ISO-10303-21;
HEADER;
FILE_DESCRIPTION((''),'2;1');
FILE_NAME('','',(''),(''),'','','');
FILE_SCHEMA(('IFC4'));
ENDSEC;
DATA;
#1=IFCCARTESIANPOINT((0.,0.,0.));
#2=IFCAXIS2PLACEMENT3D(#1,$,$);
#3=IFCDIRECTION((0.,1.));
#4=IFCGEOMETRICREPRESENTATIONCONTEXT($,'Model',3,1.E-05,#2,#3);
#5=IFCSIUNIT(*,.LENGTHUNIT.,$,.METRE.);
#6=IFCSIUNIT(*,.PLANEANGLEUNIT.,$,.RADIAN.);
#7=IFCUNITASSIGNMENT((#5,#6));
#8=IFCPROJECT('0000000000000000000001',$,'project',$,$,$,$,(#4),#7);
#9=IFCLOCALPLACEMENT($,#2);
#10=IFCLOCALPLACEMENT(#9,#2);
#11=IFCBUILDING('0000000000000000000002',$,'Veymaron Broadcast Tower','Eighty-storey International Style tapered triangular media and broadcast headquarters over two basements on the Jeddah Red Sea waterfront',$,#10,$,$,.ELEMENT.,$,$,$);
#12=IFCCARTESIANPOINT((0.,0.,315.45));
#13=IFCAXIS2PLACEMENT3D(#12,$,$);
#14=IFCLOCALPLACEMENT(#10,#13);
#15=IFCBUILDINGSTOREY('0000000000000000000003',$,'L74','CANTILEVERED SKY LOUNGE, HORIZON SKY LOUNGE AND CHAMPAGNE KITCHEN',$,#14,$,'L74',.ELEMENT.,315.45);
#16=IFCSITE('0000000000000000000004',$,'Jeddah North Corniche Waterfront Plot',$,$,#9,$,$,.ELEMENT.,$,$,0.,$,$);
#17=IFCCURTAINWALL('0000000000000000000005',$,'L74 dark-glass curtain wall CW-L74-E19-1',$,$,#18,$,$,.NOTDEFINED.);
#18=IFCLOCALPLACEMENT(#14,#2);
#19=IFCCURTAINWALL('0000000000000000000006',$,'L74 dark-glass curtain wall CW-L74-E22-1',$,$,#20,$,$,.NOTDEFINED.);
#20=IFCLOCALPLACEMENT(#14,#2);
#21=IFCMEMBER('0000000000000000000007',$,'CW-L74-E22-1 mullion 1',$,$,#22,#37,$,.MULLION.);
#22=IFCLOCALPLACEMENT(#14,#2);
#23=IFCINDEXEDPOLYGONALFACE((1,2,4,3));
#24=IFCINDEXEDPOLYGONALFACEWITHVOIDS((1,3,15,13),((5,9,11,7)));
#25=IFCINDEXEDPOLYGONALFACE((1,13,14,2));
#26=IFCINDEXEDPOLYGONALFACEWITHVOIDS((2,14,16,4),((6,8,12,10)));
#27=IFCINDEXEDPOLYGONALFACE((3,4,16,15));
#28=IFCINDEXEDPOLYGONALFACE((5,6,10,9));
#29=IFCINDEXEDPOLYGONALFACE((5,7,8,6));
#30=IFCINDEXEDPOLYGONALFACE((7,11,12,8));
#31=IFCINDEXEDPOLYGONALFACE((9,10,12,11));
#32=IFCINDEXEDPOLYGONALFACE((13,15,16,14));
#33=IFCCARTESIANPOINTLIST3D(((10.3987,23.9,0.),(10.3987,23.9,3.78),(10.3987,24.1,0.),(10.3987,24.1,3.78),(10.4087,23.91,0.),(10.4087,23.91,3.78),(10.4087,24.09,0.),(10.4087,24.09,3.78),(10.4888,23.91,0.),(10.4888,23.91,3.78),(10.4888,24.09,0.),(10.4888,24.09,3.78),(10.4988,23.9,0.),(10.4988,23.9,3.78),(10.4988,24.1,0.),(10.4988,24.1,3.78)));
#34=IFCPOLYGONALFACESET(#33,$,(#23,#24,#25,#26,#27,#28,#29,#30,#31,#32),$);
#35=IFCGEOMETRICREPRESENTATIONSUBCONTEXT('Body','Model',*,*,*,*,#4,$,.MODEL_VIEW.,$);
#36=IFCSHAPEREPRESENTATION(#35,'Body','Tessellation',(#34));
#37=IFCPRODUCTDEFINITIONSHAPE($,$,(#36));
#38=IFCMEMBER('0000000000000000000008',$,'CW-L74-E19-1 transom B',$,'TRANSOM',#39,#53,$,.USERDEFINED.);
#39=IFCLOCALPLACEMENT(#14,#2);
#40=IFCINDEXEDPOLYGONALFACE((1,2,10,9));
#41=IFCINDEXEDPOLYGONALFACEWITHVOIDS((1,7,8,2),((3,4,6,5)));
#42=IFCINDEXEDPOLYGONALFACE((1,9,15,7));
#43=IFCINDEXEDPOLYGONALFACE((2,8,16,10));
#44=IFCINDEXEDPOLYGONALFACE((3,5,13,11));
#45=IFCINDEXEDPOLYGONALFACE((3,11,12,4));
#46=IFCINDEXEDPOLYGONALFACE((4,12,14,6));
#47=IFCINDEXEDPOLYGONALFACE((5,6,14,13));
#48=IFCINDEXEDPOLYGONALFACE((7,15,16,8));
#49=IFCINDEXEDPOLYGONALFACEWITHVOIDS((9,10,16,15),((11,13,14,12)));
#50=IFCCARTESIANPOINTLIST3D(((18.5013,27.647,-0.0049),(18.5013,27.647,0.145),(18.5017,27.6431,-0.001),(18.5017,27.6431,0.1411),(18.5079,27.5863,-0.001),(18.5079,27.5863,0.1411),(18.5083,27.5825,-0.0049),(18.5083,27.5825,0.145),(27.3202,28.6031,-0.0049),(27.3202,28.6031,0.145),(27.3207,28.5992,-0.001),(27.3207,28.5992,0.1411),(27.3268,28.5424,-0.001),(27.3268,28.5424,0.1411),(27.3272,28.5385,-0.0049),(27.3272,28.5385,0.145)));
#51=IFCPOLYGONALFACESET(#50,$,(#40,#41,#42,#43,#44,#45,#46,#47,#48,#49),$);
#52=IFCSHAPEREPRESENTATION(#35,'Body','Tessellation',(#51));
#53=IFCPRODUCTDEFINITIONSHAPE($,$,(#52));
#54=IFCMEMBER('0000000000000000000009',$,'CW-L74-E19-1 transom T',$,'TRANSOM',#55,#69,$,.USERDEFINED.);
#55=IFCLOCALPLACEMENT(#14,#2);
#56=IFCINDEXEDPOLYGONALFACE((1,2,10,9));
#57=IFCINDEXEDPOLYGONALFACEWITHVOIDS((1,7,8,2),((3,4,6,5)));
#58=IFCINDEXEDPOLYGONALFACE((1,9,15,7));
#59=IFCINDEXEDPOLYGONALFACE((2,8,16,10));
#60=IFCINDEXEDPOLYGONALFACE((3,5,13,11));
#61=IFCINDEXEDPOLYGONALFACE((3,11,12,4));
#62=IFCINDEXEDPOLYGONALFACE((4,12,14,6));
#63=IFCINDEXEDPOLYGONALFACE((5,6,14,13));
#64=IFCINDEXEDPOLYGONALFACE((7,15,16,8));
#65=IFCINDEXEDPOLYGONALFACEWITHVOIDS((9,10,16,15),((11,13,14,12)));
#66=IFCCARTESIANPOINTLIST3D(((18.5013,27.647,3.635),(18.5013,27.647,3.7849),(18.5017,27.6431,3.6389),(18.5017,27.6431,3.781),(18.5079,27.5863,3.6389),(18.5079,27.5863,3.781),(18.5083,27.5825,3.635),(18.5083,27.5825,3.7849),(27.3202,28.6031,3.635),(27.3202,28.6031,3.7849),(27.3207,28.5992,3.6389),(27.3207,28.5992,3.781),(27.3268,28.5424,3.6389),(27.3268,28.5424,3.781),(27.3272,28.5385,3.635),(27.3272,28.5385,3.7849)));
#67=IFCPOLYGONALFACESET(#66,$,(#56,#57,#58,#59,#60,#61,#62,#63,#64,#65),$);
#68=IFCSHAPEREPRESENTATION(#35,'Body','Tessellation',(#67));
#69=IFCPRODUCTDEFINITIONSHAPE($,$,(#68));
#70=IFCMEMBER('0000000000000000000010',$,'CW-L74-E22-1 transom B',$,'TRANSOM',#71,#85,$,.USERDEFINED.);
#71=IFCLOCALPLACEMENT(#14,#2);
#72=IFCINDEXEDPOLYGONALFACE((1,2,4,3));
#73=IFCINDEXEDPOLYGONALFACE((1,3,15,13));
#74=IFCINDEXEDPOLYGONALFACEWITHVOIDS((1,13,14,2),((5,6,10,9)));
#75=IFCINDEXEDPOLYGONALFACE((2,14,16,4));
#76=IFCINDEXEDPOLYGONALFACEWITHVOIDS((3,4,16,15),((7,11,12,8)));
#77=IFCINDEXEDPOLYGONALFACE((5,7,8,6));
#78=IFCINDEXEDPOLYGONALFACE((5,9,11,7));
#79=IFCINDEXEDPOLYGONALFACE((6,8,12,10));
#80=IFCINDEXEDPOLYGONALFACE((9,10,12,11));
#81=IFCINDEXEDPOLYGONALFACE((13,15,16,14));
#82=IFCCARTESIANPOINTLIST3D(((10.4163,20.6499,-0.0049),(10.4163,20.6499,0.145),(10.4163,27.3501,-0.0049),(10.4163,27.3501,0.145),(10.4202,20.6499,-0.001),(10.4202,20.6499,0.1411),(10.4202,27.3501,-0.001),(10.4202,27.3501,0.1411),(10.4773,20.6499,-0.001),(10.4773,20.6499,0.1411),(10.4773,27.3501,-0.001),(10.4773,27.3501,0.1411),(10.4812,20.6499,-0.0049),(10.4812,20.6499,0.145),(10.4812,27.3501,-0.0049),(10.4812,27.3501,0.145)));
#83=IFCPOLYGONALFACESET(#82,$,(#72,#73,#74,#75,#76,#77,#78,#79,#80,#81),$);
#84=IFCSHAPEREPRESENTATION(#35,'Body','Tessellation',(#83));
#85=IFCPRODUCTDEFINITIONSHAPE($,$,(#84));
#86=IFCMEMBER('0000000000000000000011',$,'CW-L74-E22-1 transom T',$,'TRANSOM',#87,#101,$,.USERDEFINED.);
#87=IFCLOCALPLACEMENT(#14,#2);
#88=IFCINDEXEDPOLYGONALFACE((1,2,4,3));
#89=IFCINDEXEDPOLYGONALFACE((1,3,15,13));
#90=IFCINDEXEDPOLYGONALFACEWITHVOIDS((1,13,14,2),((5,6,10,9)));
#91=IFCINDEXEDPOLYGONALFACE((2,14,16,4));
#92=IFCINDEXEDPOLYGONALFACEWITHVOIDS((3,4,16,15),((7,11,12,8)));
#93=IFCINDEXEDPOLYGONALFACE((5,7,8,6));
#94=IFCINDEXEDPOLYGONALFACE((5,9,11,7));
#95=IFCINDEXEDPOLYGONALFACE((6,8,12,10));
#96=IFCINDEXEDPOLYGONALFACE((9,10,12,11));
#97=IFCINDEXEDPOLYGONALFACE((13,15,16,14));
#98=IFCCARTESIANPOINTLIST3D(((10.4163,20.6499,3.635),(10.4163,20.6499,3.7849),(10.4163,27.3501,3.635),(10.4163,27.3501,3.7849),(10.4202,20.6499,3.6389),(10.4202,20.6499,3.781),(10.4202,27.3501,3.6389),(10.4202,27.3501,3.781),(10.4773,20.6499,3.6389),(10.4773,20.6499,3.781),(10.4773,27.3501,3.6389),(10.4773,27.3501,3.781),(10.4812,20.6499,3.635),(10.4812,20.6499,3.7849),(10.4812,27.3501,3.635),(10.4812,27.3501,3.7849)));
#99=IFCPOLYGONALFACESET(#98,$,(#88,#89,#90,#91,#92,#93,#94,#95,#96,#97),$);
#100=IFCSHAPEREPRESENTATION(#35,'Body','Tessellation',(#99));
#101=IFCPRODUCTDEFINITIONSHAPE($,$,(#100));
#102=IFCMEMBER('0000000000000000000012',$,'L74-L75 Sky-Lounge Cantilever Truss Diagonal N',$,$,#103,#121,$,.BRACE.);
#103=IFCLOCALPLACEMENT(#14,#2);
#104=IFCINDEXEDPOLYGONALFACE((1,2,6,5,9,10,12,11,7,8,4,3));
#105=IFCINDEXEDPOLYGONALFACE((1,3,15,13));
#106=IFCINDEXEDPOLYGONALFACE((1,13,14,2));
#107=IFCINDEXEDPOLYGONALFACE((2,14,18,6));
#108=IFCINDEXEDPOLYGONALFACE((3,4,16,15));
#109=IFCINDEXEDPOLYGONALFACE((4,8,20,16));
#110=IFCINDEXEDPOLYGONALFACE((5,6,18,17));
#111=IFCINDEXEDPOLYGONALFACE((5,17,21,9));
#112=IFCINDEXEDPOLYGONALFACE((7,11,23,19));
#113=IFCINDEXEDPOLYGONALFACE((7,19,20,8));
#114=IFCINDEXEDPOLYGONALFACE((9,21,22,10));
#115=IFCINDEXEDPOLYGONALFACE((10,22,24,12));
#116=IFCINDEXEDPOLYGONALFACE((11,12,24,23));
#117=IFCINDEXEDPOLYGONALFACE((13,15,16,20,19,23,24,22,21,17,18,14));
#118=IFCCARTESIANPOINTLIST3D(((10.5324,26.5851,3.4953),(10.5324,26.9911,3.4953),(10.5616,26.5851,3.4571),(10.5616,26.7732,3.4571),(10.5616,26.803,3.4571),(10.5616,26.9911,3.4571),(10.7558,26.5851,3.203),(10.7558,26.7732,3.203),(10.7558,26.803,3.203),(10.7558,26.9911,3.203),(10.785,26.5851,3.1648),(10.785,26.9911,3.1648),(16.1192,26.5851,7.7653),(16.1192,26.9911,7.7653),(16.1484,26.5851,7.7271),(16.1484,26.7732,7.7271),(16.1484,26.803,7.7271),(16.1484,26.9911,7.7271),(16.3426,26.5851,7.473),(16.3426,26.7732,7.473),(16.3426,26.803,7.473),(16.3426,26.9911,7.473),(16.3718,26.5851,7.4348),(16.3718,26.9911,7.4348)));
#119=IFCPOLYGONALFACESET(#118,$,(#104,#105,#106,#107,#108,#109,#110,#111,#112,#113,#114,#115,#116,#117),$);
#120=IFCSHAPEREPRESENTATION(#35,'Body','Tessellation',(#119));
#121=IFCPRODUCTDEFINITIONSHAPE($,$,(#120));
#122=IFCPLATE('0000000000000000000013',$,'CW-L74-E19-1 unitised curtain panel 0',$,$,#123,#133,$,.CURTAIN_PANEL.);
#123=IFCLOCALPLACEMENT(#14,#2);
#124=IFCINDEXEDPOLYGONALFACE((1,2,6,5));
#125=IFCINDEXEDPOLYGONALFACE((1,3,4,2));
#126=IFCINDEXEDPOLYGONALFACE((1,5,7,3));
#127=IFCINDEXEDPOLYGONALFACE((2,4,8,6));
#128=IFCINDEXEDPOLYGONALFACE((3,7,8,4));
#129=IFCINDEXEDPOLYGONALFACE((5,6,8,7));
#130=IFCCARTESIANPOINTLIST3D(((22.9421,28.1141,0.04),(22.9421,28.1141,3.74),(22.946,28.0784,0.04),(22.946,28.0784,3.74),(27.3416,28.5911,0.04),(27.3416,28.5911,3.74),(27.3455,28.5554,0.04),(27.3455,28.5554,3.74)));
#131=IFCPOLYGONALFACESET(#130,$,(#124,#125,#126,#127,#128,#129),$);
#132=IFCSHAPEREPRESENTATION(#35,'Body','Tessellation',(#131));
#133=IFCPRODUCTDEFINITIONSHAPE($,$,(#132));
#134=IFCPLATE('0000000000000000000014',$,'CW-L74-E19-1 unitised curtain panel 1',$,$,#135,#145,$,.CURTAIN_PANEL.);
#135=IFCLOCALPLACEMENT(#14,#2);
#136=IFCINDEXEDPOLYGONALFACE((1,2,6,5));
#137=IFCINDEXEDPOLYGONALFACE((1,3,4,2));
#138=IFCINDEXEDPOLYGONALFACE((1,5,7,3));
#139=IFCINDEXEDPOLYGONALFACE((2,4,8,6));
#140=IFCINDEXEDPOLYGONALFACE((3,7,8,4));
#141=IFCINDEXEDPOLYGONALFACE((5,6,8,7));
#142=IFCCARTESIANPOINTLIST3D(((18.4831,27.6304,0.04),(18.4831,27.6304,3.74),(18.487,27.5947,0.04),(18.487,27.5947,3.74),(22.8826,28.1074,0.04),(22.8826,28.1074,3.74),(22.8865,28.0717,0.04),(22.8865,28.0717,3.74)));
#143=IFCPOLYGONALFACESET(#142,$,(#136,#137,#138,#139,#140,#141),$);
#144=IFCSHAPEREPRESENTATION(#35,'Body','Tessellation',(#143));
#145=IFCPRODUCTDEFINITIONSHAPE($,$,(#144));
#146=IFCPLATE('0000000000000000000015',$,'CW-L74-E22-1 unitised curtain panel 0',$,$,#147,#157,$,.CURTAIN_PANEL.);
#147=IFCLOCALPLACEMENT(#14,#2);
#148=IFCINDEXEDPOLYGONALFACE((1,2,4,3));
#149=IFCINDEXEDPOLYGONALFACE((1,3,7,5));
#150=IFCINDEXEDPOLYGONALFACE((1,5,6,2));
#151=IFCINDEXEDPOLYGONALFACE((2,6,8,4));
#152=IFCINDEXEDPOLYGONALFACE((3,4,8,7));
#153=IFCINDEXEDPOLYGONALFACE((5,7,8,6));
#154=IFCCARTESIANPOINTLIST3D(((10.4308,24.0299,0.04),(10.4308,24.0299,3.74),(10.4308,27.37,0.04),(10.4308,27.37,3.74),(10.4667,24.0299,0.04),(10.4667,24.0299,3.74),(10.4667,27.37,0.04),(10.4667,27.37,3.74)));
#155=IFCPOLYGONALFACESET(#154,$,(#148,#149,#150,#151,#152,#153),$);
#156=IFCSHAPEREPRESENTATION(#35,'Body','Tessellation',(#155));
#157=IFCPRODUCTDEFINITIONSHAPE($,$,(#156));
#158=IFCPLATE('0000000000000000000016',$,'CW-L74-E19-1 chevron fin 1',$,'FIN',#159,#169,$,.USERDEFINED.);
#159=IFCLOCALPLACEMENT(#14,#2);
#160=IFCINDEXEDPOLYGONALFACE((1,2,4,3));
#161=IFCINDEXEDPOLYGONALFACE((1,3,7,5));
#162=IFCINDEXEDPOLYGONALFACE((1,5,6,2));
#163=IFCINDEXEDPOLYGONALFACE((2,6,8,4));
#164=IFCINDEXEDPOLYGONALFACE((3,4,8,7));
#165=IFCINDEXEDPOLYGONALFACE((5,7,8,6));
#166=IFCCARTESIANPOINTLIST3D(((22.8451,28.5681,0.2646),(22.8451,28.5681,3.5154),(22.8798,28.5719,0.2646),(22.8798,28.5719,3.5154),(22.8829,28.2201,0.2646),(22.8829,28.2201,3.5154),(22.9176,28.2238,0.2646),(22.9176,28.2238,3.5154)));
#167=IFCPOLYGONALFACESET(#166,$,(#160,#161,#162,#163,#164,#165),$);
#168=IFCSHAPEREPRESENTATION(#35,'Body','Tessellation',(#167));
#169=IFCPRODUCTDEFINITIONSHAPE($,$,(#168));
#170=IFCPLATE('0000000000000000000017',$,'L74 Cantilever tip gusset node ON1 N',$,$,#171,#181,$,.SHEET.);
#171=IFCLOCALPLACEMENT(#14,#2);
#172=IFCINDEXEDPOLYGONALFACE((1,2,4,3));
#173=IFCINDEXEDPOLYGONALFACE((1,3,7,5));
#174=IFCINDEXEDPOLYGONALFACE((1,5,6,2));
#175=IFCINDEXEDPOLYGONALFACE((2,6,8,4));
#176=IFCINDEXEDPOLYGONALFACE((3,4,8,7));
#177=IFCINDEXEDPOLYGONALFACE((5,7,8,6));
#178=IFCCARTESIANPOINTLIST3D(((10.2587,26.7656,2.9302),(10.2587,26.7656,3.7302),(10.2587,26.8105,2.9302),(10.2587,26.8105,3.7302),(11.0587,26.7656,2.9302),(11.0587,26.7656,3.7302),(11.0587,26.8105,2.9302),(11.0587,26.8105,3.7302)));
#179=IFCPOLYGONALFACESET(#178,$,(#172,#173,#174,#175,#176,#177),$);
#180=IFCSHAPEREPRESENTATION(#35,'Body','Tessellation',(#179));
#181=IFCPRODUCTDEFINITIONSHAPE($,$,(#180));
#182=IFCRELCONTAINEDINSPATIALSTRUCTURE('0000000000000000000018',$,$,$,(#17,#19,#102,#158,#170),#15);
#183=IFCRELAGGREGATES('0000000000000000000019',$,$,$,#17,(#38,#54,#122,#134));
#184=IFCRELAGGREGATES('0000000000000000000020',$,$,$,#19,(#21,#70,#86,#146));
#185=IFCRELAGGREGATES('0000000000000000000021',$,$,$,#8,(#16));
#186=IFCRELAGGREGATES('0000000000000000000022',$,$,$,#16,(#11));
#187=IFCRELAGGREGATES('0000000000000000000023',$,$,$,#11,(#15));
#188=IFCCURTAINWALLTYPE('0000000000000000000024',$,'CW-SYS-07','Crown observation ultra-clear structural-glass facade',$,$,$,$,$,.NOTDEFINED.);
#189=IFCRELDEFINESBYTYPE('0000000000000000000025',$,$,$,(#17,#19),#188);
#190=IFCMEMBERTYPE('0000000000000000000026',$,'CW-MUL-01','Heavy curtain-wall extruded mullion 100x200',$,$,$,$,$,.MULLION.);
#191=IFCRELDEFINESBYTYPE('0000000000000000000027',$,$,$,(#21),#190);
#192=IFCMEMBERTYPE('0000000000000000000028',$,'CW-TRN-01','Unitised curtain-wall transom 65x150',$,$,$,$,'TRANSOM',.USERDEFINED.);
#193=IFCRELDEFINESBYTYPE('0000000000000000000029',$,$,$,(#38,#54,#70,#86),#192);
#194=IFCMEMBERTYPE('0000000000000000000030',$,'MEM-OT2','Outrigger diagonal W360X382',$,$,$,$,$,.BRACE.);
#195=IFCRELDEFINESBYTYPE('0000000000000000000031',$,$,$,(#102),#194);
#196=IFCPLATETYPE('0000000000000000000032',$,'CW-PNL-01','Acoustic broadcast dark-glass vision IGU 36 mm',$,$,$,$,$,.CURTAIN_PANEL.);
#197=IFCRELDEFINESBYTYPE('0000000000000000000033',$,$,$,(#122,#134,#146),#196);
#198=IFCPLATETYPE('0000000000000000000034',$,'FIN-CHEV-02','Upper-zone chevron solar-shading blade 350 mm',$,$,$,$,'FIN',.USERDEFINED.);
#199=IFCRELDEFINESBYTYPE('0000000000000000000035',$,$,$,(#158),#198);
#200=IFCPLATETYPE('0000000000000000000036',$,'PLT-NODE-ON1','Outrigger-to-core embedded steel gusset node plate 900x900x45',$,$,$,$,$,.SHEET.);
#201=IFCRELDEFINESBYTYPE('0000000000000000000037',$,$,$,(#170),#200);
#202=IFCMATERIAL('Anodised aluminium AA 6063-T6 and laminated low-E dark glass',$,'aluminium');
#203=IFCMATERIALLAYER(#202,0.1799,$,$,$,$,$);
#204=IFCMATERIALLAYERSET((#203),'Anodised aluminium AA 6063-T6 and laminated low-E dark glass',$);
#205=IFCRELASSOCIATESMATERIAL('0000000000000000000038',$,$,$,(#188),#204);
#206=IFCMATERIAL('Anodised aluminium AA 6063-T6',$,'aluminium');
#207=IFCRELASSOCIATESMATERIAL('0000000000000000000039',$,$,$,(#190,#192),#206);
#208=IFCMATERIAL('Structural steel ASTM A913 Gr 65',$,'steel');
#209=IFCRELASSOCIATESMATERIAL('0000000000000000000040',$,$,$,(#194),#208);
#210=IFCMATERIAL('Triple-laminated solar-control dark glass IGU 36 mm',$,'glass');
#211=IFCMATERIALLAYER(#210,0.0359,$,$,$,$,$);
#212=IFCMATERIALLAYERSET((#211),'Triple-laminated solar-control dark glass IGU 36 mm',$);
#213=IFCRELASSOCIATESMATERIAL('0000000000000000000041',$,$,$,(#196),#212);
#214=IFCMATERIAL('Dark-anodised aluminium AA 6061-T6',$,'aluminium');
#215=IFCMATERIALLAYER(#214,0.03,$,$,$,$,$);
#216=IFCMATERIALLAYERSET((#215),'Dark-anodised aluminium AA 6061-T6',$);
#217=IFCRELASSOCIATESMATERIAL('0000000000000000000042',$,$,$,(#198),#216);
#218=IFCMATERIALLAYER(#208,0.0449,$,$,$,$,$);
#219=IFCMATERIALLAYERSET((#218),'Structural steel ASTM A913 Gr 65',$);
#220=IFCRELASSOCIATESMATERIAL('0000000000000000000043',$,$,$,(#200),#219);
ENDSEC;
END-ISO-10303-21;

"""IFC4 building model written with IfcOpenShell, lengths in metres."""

from ifc_helpers import new_model, si_unit, direction, frame, origin, origin_2d, place, context, subcontext, project, spatial, rectangle, hollow_rectangle, i_section, extrude, material, layer, layer_set, material_profile, profile_set, type_object, element, aggregate, save


model = new_model("IFC4")

# Units and contexts
model_context = context("Model", 3, precision=1e-05, world=origin(), true_north=direction((0.0, 1.0)))
body_context = subcontext(model_context, "Body", "Model", "MODEL_VIEW")
ifc_project = project(units=[si_unit("LENGTHUNIT", "METRE"), si_unit("PLANEANGLEUNIT", "RADIAN")], contexts=[model_context])

# Site, building, storey
site_placement = place(None, origin())
site = spatial("IfcSite", under=ifc_project, at=site_placement, Name="Jeddah North Corniche Waterfront Plot", CompositionType="ELEMENT", RefElevation=0.0)
building_placement = place(site_placement, origin())
building = spatial("IfcBuilding", under=site, at=building_placement, Name="Veymaron Broadcast Tower", Description="Eighty-storey International Style tapered triangular media and broadcast headquarters over two basements on the Jeddah Red Sea waterfront", CompositionType="ELEMENT")
storey_placement = place(building_placement, frame((0.0, 0.0, 315.45)))
storey = spatial("IfcBuildingStorey", under=building, at=storey_placement, Name="L74", Description="CANTILEVERED SKY LOUNGE, HORIZON SKY LOUNGE AND CHAMPAGNE KITCHEN", LongName="L74", CompositionType="ELEMENT", Elevation=315.45)

# Shared definitions
ifc_material_1 = material(Name="Structural steel ASTM A913 Gr 65", Category="steel")

# Curtain walls, member
ifc_material_2 = material(Name="Anodised aluminium AA 6063-T6 and laminated low-E dark glass", Category="aluminium")
ifc_layer_1 = layer(ifc_material_2, 0.1799)
ifc_layer_set_1 = layer_set([ifc_layer_1], Name="Anodised aluminium AA 6063-T6 and laminated low-E dark glass")
curtain_wall_type = type_object("IfcCurtainWallType", Name="CW-SYS-07", Description="Crown observation ultra-clear structural-glass facade", PredefinedType="NOTDEFINED", material=ifc_layer_set_1)
curtain_wall_1_placement = place(storey_placement, origin())
curtain_wall_1 = element("IfcCurtainWall", 1, at=curtain_wall_1_placement, inside=storey, type_object=curtain_wall_type, Name="L74 dark-glass curtain wall CW-L74-E19-1", PredefinedType="NOTDEFINED")
ifc_material_3 = material(Name="Anodised aluminium AA 6063-T6", Category="aluminium")
ifc_material_profile_1 = material_profile(ifc_material_3, hollow_rectangle(XDim=0.1001, YDim=0.2, WallThickness=0.01, at=origin_2d()), Name="RHS200X100X10")
ifc_profile_set_1 = profile_set([ifc_material_profile_1], Name="Anodised aluminium AA 6063-T6")
member_type_1 = type_object("IfcMemberType", Name="CW-MUL-01", Description="Heavy curtain-wall extruded mullion 100x200", PredefinedType="MULLION", material=ifc_profile_set_1)
curtain_wall_2_placement = place(storey_placement, origin())
curtain_wall_2 = element("IfcCurtainWall", 2, at=curtain_wall_2_placement, inside=storey, type_object=curtain_wall_type, Name="L74 dark-glass curtain wall CW-L74-E22-1", PredefinedType="NOTDEFINED")
member_1_placement = place(storey_placement, frame((10.4487, 24.0, 0.0), z_axis=(0.0, 0.0, 1.0), x_axis=(1.0, 0.0, 0.0)))
member_1 = element("IfcMember", 3, at=member_1_placement, type_object=member_type_1, Name="CW-L74-E22-1 mullion 1", PredefinedType="MULLION", context=body_context, shape_type="SweptSolid", body=[
    extrude(hollow_rectangle(XDim=0.1001, YDim=0.2, WallThickness=0.01, at=origin_2d()), origin(), (0.0, 0.0, 1.0), 3.78),
])

# Members
ifc_material_profile_2 = material_profile(ifc_material_3, hollow_rectangle(XDim=0.0649, YDim=0.1499, WallThickness=0.0039, at=origin_2d()), Name="AL150X65X4")
ifc_profile_set_2 = profile_set([ifc_material_profile_2], Name="Anodised aluminium AA 6063-T6")
member_type_2 = type_object("IfcMemberType", Name="CW-TRN-01", Description="Unitised curtain-wall transom 65x150", ElementType="TRANSOM", PredefinedType="USERDEFINED", material=ifc_profile_set_2)
member_2_placement = place(storey_placement, frame((27.3237, 28.5708, 0.0701), z_axis=(-0.994175, -0.107779, 0.0), x_axis=(0.107779, -0.994175, 0.0)))
member_2 = element("IfcMember", 4, at=member_2_placement, type_object=member_type_2, Name="CW-L74-E19-1 transom B", ObjectType="TRANSOM", PredefinedType="USERDEFINED", context=body_context, shape_type="SweptSolid", body=[
    extrude(hollow_rectangle(XDim=0.0649, YDim=0.1499, WallThickness=0.0039, at=origin_2d()), origin(), (0.0, 0.0, 1.0), 8.8706),
])
member_3_placement = place(storey_placement, frame((27.3237, 28.5708, 3.71), z_axis=(-0.994175, -0.107779, 0.0), x_axis=(0.107779, -0.994175, 0.0)))
member_3 = element("IfcMember", 5, at=member_3_placement, type_object=member_type_2, Name="CW-L74-E19-1 transom T", ObjectType="TRANSOM", PredefinedType="USERDEFINED", context=body_context, shape_type="SweptSolid", body=[
    extrude(hollow_rectangle(XDim=0.0649, YDim=0.1499, WallThickness=0.0039, at=origin_2d()), origin(), (0.0, 0.0, 1.0), 8.8706),
])
member_4_placement = place(storey_placement, frame((10.4487, 27.3501, 0.0701), z_axis=(0.0, -1.0, 0.0), x_axis=(1.0, 0.0, 0.0)))
member_4 = element("IfcMember", 6, at=member_4_placement, type_object=member_type_2, Name="CW-L74-E22-1 transom B", ObjectType="TRANSOM", PredefinedType="USERDEFINED", context=body_context, shape_type="SweptSolid", body=[
    extrude(hollow_rectangle(XDim=0.0649, YDim=0.1499, WallThickness=0.0039, at=origin_2d()), origin(), (0.0, 0.0, 1.0), 6.7002),
])
member_5_placement = place(storey_placement, frame((10.4487, 27.3501, 3.71), z_axis=(0.0, -1.0, 0.0), x_axis=(1.0, 0.0, 0.0)))
member_5 = element("IfcMember", 7, at=member_5_placement, type_object=member_type_2, Name="CW-L74-E22-1 transom T", ObjectType="TRANSOM", PredefinedType="USERDEFINED", context=body_context, shape_type="SweptSolid", body=[
    extrude(hollow_rectangle(XDim=0.0649, YDim=0.1499, WallThickness=0.0039, at=origin_2d()), origin(), (0.0, 0.0, 1.0), 6.7002),
])
ifc_material_profile_3 = material_profile(ifc_material_1, i_section(OverallWidth=0.406, OverallDepth=0.416, WebThickness=0.0298, FlangeThickness=0.0481, at=origin_2d()), Name="W360X382")
ifc_profile_set_3 = profile_set([ifc_material_profile_3], Name="Structural steel ASTM A913 Gr 65")
member_type_3 = type_object("IfcMemberType", Name="MEM-OT2", Description="Outrigger diagonal W360X382", PredefinedType="BRACE", material=ifc_profile_set_3)
member_6_placement = place(storey_placement, frame((10.6587, 26.7881, 3.3301), z_axis=(0.794517, 0.0, 0.607241), x_axis=(0.0, 1.0, 0.0)))
element("IfcMember", 8, at=member_6_placement, inside=storey, type_object=member_type_3, Name="L74-L75 Sky-Lounge Cantilever Truss Diagonal N", PredefinedType="BRACE", context=body_context, shape_type="SweptSolid", body=[
    extrude(i_section(OverallWidth=0.406, OverallDepth=0.416, WebThickness=0.0298, FlangeThickness=0.0481, at=origin_2d()), origin(), (0.0, 0.0, 1.0), 7.0317),
])

# Plates
ifc_material_4 = material(Name="Triple-laminated solar-control dark glass IGU 36 mm", Category="glass")
ifc_layer_2 = layer(ifc_material_4, 0.0359)
ifc_layer_set_2 = layer_set([ifc_layer_2], Name="Triple-laminated solar-control dark glass IGU 36 mm")
plate_type_1 = type_object("IfcPlateType", Name="CW-PNL-01", Description="Acoustic broadcast dark-glass vision IGU 36 mm", PredefinedType="CURTAIN_PANEL", material=ifc_layer_set_2)
plate_1_placement = place(storey_placement, frame((25.1438, 28.3347, 0.04), z_axis=(0.0, 0.0, 1.0), x_axis=(-0.994174, -0.107791, 0.0)))
plate_1 = element("IfcPlate", 9, at=plate_1_placement, type_object=plate_type_1, Name="CW-L74-E19-1 unitised curtain panel 0", PredefinedType="CURTAIN_PANEL", context=body_context, shape_type="SweptSolid", body=[
    extrude(rectangle(XDim=4.4253, YDim=0.0359, at=origin_2d()), origin(), (0.0, 0.0, 1.0), 3.7),
])
plate_2_placement = place(storey_placement, frame((20.6848, 27.8511, 0.04), z_axis=(0.0, 0.0, 1.0), x_axis=(-0.994174, -0.107791, 0.0)))
plate_2 = element("IfcPlate", 10, at=plate_2_placement, type_object=plate_type_1, Name="CW-L74-E19-1 unitised curtain panel 1", PredefinedType="CURTAIN_PANEL", context=body_context, shape_type="SweptSolid", body=[
    extrude(rectangle(XDim=4.4253, YDim=0.0359, at=origin_2d()), origin(), (0.0, 0.0, 1.0), 3.7),
])
aggregate(curtain_wall_1, [member_2, member_3, plate_1, plate_2])
plate_3_placement = place(storey_placement, frame((10.4487, 25.7, 0.04), z_axis=(0.0, 0.0, 1.0), x_axis=(0.0, -1.0, 0.0)))
plate_3 = element("IfcPlate", 11, at=plate_3_placement, type_object=plate_type_1, Name="CW-L74-E22-1 unitised curtain panel 0", PredefinedType="CURTAIN_PANEL", context=body_context, shape_type="SweptSolid", body=[
    extrude(rectangle(XDim=3.3401, YDim=0.0359, at=origin_2d()), origin(), (0.0, 0.0, 1.0), 3.7),
])
aggregate(curtain_wall_2, [member_1, member_4, member_5, plate_3])

# Plates
ifc_material_5 = material(Name="Dark-anodised aluminium AA 6061-T6", Category="aluminium")
ifc_layer_3 = layer(ifc_material_5, 0.03)
ifc_layer_set_3 = layer_set([ifc_layer_3], Name="Dark-anodised aluminium AA 6061-T6")
plate_type_2 = type_object("IfcPlateType", Name="FIN-CHEV-02", Description="Upper-zone chevron solar-shading blade 350 mm", ElementType="FIN", PredefinedType="USERDEFINED", material=ifc_layer_set_3)
plate_4_placement = place(storey_placement, frame((22.8813, 28.396, 0.2646), z_axis=(0.0, 0.0, 1.0), x_axis=(-0.107791, 0.994174, 0.0)))
element("IfcPlate", 12, at=plate_4_placement, inside=storey, type_object=plate_type_2, Name="CW-L74-E19-1 chevron fin 1", ObjectType="FIN", PredefinedType="USERDEFINED", context=body_context, shape_type="SweptSolid", body=[
    extrude(rectangle(XDim=0.3501, YDim=0.0349, at=origin_2d()), origin(), (0.0, 0.0, 1.0), 3.2507),
])
ifc_layer_4 = layer(ifc_material_1, 0.0449)
ifc_layer_set_4 = layer_set([ifc_layer_4], Name="Structural steel ASTM A913 Gr 65")
plate_type_3 = type_object("IfcPlateType", Name="PLT-NODE-ON1", Description="Outrigger-to-core embedded steel gusset node plate 900x900x45", PredefinedType="SHEET", material=ifc_layer_set_4)
plate_5_placement = place(storey_placement, frame((10.6587, 26.7881, 2.9302), z_axis=(0.0, 0.0, 1.0), x_axis=(1.0, 0.0, 0.0)))
element("IfcPlate", 13, at=plate_5_placement, inside=storey, type_object=plate_type_3, Name="L74 Cantilever tip gusset node ON1 N", PredefinedType="SHEET", context=body_context, shape_type="SweptSolid", body=[
    extrude(rectangle(XDim=0.8, YDim=0.0449, at=origin_2d()), origin(), (0.0, 0.0, 1.0), 0.8),
])

save(model, "model.ifc")
